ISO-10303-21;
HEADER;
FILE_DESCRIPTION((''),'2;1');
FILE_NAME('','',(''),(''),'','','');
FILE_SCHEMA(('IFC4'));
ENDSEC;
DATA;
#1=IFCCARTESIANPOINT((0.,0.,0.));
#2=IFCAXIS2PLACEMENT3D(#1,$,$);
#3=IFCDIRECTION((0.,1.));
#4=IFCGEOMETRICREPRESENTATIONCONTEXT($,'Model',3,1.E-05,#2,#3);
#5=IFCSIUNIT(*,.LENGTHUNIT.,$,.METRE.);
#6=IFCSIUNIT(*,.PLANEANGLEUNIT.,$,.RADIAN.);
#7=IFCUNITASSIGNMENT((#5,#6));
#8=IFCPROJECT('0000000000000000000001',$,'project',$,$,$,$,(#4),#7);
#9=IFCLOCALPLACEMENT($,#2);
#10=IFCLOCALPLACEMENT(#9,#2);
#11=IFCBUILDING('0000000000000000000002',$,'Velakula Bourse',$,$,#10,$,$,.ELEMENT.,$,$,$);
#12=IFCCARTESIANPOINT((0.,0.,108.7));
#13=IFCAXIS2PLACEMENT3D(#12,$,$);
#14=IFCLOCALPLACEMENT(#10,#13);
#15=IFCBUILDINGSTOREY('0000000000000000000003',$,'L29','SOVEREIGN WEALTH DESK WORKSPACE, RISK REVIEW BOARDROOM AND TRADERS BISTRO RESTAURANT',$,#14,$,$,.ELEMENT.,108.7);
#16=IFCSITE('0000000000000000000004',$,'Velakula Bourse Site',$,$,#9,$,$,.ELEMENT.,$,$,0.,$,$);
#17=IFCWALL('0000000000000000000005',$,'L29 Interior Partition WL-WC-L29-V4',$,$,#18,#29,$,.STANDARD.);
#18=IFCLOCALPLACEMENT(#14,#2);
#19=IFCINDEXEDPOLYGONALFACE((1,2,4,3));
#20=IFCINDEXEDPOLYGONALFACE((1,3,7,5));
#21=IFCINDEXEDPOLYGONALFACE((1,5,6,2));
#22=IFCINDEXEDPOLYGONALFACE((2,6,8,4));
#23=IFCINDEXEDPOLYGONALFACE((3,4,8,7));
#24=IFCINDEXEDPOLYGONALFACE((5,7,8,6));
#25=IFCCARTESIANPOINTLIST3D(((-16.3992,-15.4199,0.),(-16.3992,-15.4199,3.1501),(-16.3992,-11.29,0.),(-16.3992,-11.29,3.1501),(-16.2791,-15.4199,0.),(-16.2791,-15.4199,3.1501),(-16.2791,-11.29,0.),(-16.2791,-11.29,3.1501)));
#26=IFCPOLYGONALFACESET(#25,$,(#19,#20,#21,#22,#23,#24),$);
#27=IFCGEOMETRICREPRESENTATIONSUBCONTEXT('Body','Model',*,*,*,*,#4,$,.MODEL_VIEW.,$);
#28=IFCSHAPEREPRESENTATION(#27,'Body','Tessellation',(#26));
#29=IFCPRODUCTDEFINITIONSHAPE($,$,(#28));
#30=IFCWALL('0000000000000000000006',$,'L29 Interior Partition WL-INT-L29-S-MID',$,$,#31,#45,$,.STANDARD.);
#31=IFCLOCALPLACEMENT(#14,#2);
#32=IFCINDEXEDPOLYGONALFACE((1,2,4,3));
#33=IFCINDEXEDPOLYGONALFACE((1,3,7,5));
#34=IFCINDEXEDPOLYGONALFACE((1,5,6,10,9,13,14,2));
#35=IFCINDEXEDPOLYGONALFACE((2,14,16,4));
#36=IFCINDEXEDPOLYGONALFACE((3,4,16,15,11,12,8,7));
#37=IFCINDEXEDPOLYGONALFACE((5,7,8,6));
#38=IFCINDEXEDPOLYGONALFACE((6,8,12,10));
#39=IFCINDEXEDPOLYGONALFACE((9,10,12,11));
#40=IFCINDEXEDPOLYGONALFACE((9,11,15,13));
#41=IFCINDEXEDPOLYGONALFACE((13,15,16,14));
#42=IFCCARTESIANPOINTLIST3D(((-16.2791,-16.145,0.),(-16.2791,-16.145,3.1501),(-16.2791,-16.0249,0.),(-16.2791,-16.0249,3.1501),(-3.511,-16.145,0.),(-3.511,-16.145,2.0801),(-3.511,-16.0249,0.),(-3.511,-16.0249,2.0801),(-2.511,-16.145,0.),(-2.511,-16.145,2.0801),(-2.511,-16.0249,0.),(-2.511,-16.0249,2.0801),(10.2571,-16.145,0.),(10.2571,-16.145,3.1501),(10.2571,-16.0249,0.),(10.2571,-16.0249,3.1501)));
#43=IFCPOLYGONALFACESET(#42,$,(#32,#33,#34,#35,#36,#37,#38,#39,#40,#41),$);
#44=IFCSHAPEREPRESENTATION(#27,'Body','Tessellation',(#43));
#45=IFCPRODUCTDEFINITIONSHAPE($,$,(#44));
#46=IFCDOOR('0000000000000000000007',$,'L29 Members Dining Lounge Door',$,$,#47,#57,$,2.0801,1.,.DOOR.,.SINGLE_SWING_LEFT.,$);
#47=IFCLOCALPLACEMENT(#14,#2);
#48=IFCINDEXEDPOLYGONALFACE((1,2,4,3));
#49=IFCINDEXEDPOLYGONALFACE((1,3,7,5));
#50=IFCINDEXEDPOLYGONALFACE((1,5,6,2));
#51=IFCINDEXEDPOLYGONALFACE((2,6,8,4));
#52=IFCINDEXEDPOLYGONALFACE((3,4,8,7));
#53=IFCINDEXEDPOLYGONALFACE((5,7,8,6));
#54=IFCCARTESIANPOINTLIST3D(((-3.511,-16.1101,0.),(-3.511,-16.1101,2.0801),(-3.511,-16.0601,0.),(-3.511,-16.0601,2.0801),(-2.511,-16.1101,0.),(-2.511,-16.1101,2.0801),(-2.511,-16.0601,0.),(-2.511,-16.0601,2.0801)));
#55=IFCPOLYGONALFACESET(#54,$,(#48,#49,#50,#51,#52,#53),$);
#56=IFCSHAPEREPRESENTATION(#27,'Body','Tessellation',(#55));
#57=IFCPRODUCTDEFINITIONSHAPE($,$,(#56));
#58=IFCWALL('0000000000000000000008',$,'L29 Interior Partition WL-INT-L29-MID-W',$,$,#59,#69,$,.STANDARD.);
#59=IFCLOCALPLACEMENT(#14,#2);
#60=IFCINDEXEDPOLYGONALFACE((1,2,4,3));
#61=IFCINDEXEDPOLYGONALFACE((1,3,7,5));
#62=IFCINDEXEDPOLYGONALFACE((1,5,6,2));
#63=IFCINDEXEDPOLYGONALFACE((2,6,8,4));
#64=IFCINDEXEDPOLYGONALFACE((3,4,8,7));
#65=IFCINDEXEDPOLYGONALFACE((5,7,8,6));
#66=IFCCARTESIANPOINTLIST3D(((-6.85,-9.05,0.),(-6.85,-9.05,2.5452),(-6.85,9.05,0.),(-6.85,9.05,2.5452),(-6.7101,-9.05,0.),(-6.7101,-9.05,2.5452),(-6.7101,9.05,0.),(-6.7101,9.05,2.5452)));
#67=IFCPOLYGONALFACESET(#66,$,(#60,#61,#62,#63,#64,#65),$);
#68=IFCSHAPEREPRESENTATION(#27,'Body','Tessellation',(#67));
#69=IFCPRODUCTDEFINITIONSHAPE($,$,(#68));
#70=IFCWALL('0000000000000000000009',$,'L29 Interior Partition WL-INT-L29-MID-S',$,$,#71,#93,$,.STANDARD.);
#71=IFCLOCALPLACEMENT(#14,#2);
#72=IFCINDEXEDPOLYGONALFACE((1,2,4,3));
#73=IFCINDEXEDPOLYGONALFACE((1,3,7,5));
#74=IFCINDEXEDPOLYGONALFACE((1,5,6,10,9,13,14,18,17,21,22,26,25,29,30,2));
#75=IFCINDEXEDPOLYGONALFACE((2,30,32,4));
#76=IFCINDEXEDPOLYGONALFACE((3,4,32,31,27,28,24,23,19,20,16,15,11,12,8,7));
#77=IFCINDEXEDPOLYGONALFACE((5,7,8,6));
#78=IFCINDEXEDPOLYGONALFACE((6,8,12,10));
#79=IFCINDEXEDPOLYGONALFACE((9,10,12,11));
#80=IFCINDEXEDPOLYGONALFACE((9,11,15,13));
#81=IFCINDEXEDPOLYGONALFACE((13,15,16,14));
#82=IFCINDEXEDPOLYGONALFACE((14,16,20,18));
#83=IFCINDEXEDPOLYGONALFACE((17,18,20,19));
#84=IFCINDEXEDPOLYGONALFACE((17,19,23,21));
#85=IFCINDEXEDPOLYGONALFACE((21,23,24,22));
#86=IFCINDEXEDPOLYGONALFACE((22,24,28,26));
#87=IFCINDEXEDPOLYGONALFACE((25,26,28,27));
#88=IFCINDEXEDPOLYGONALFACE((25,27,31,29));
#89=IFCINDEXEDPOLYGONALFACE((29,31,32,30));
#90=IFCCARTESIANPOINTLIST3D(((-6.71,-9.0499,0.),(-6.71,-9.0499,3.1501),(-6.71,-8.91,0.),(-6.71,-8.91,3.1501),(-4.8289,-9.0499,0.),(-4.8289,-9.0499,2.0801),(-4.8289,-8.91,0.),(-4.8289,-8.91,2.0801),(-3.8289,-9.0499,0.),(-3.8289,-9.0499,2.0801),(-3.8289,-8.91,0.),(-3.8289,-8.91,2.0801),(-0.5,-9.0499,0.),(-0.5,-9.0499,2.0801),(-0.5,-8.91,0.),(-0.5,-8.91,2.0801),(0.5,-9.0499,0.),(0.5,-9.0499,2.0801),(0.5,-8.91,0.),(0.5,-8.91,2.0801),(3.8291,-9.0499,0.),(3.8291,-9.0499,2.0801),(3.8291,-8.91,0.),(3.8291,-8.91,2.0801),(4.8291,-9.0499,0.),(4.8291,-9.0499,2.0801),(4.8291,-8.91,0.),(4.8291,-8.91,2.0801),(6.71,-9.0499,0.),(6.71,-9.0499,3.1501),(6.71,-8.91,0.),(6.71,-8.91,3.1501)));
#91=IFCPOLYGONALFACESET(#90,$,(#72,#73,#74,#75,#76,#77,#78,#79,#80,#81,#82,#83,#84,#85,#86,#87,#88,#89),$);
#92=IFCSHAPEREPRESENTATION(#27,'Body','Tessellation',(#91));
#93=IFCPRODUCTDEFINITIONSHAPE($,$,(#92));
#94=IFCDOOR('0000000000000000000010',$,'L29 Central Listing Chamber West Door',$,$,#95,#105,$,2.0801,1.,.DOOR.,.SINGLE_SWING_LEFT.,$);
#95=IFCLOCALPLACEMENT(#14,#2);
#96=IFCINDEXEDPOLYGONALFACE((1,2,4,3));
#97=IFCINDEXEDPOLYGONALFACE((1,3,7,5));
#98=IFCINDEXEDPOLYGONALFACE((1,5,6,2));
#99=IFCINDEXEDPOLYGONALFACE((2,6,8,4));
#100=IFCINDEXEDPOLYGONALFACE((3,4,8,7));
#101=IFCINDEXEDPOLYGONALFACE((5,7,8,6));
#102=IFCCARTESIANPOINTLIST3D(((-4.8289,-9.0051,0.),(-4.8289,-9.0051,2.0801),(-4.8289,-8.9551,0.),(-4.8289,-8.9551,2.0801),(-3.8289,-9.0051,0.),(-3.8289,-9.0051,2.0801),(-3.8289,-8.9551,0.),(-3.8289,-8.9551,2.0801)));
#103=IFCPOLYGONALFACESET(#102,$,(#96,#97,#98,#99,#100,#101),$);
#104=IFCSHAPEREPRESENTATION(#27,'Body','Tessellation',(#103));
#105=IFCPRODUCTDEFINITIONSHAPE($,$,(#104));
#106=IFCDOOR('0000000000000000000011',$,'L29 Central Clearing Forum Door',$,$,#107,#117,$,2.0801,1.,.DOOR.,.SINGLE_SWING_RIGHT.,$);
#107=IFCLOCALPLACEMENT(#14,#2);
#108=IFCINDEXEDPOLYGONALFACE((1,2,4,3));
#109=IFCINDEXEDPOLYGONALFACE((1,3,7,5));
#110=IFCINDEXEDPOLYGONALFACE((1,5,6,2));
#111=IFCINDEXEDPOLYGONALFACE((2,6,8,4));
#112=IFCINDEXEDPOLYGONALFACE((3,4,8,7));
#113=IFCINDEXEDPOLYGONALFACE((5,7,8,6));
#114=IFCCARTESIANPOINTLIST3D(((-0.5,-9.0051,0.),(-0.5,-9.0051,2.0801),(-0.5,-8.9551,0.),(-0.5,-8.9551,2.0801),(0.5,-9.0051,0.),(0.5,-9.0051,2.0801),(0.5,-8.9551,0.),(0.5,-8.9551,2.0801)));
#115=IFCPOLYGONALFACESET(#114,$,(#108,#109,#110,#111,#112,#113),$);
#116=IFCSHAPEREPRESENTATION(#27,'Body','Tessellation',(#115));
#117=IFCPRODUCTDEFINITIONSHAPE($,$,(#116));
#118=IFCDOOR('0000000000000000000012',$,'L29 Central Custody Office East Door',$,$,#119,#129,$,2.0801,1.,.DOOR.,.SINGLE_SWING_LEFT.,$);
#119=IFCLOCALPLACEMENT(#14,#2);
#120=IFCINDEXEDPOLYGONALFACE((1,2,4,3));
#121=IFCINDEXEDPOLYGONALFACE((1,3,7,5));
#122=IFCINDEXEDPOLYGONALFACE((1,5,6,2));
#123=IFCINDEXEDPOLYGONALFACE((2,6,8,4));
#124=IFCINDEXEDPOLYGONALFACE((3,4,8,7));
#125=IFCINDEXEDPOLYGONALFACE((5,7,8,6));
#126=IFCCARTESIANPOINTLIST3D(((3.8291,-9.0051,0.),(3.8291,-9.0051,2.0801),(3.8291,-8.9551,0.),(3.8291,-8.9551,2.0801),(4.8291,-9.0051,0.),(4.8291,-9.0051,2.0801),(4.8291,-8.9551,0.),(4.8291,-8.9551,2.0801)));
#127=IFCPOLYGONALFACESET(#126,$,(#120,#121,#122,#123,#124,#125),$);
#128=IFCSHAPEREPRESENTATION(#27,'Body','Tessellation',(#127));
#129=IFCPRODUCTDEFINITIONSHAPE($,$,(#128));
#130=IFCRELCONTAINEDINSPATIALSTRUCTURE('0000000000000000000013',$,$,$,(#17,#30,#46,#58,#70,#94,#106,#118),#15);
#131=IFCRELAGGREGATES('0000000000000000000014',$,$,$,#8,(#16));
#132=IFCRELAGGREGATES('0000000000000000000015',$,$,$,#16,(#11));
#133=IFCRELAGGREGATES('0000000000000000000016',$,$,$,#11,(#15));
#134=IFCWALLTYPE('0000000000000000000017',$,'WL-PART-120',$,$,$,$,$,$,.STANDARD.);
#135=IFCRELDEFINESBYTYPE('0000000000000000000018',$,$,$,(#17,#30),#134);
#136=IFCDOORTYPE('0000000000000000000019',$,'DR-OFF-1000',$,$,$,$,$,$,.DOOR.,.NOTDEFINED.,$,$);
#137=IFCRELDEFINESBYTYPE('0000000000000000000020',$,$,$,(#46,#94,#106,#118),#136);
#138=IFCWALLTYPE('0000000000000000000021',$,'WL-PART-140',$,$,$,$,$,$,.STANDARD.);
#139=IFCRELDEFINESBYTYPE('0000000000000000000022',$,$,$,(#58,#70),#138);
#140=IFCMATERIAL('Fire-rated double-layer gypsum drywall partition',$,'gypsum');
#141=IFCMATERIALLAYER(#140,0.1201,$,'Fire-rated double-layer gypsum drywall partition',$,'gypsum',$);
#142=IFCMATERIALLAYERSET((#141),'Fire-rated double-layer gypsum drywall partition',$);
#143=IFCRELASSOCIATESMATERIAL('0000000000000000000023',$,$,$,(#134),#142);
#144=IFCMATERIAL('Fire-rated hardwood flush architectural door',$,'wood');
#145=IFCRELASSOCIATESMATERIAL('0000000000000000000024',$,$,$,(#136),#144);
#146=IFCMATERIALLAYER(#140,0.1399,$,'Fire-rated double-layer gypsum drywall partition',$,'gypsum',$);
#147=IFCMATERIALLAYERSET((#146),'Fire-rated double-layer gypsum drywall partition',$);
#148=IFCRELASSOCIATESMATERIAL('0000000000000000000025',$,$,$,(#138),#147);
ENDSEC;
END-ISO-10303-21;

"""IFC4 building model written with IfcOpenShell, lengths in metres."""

from ifc_helpers import new_model, si_unit, direction, frame, frame_2d, origin, place, context, subcontext, project, spatial, rectangle, extrude, material, layer, layer_set, type_object, element, fill, save


model = new_model("IFC4")

# Units and contexts
model_context = context("Model", 3, precision=1e-05, world=origin(), true_north=direction((0.0, 1.0)))
body_context = subcontext(model_context, "Body", "Model", "MODEL_VIEW")
ifc_project = project(units=[si_unit("LENGTHUNIT", "METRE"), si_unit("PLANEANGLEUNIT", "RADIAN")], contexts=[model_context])

# Site, building, storey
site_placement = place(None, origin())
site = spatial("IfcSite", under=ifc_project, at=site_placement, Name="Velakula Bourse Site", CompositionType="ELEMENT", RefElevation=0.0)
building_placement = place(site_placement, origin())
building = spatial("IfcBuilding", under=site, at=building_placement, Name="Velakula Bourse", CompositionType="ELEMENT")
storey_placement = place(building_placement, frame((0.0, 0.0, 108.7)))
storey = spatial("IfcBuildingStorey", under=building, at=storey_placement, Name="L29", Description="SOVEREIGN WEALTH DESK WORKSPACE, RISK REVIEW BOARDROOM AND TRADERS BISTRO RESTAURANT", CompositionType="ELEMENT", Elevation=108.7)

# Wall
ifc_material_1 = material(Name="Fire-rated double-layer gypsum drywall partition", Category="gypsum")
ifc_layer_1 = layer(ifc_material_1, 0.1201, Name="Fire-rated double-layer gypsum drywall partition", Category="gypsum")
ifc_layer_set_1 = layer_set([ifc_layer_1], Name="Fire-rated double-layer gypsum drywall partition")
wall_type_1 = type_object("IfcWallType", Name="WL-PART-120", PredefinedType="STANDARD", material=ifc_layer_set_1)
wall_1_placement = place(storey_placement, frame((-16.3391, -15.4199, 0.0), z_axis=(0.0, 0.0, 1.0), x_axis=(0.0, 1.0, 0.0)))
element("IfcWall", 1, at=wall_1_placement, inside=storey, type_object=wall_type_1, Name="L29 Interior Partition WL-WC-L29-V4", PredefinedType="STANDARD", context=body_context, shape_type="SweptSolid", body=[
    extrude(rectangle(XDim=4.1299, YDim=0.1201, at=frame_2d((2.0649, 0.0))), origin(), (0.0, 0.0, 1.0), 3.1501),
])

# Wall, opening, door
wall_2_placement = place(storey_placement, frame((-16.2791, -16.085, 0.0), z_axis=(0.0, 0.0, 1.0), x_axis=(1.0, 0.0, 0.0)))
wall_2 = element("IfcWall", 2, at=wall_2_placement, inside=storey, type_object=wall_type_1, Name="L29 Interior Partition WL-INT-L29-S-MID", PredefinedType="STANDARD", context=body_context, shape_type="SweptSolid", body=[
    extrude(rectangle(XDim=26.5361, YDim=0.1201, at=frame_2d((13.2681, 0.0))), origin(), (0.0, 0.0, 1.0), 3.1501),
])
opening_1_placement = place(wall_2_placement, frame((12.7681, 0.0, 0.0)))
opening_1 = element("IfcOpeningElement", 3, at=opening_1_placement, cuts=wall_2, PredefinedType="OPENING", context=body_context, shape_type="SweptSolid", body=[
    extrude(rectangle(XDim=1.0, YDim=2.0801, at=frame_2d((0.5, 1.04))), frame((0.0, 0.0701, 0.0), z_axis=(0.0, -1.0, 0.0), x_axis=(1.0, 0.0, 0.0)), (0.0, 0.0, 1.0), 0.1401),
])
ifc_material_2 = material(Name="Fire-rated hardwood flush architectural door", Category="wood")
door_type = type_object("IfcDoorType", Name="DR-OFF-1000", OperationType="NOTDEFINED", PredefinedType="DOOR", material=ifc_material_2)
door_1_placement = place(opening_1_placement, origin())
door_1 = element("IfcDoor", 4, at=door_1_placement, inside=storey, type_object=door_type, Name="L29 Members Dining Lounge Door", OperationType="SINGLE_SWING_LEFT", OverallHeight=2.0801, OverallWidth=1.0, PredefinedType="DOOR", context=body_context, shape_type="SweptSolid", body=[
    extrude(rectangle(XDim=1.0, YDim=2.0801, at=frame_2d((0.5, 1.04))), frame((0.0, 0.0249, 0.0), z_axis=(0.0, -1.0, 0.0), x_axis=(1.0, 0.0, 0.0)), (0.0, 0.0, 1.0), 0.05),
])
fill(opening_1, door_1)

# Wall
ifc_layer_2 = layer(ifc_material_1, 0.1399, Name="Fire-rated double-layer gypsum drywall partition", Category="gypsum")
ifc_layer_set_2 = layer_set([ifc_layer_2], Name="Fire-rated double-layer gypsum drywall partition")
wall_type_2 = type_object("IfcWallType", Name="WL-PART-140", PredefinedType="STANDARD", material=ifc_layer_set_2)
wall_3_placement = place(storey_placement, frame((-6.78, -9.05, 0.0), z_axis=(0.0, 0.0, 1.0), x_axis=(0.0, 1.0, 0.0)))
element("IfcWall", 5, at=wall_3_placement, inside=storey, type_object=wall_type_2, Name="L29 Interior Partition WL-INT-L29-MID-W", PredefinedType="STANDARD", context=body_context, shape_type="SweptSolid", body=[
    extrude(rectangle(XDim=18.1001, YDim=0.1399, at=frame_2d((9.05, 0.0))), origin(), (0.0, 0.0, 1.0), 2.5452),
])

# Wall, openings, doors
wall_4_placement = place(storey_placement, frame((-6.71, -8.98, 0.0), z_axis=(0.0, 0.0, 1.0), x_axis=(1.0, 0.0, 0.0)))
wall_4 = element("IfcWall", 6, at=wall_4_placement, inside=storey, type_object=wall_type_2, Name="L29 Interior Partition WL-INT-L29-MID-S", PredefinedType="STANDARD", context=body_context, shape_type="SweptSolid", body=[
    extrude(rectangle(XDim=13.4199, YDim=0.1399, at=frame_2d((6.71, 0.0))), origin(), (0.0, 0.0, 1.0), 3.1501),
])
opening_2_placement = place(wall_4_placement, frame((1.8811, 0.0, 0.0)))
opening_2 = element("IfcOpeningElement", 7, at=opening_2_placement, cuts=wall_4, PredefinedType="OPENING", context=body_context, shape_type="SweptSolid", body=[
    extrude(rectangle(XDim=1.0, YDim=2.0801, at=frame_2d((0.5, 1.04))), frame((0.0, 0.0798, 0.0), z_axis=(0.0, -1.0, 0.0), x_axis=(1.0, 0.0, 0.0)), (0.0, 0.0, 1.0), 0.1599),
])
opening_3_placement = place(wall_4_placement, frame((6.21, 0.0, 0.0)))
opening_3 = element("IfcOpeningElement", 8, at=opening_3_placement, cuts=wall_4, PredefinedType="OPENING", context=body_context, shape_type="SweptSolid", body=[
    extrude(rectangle(XDim=1.0, YDim=2.0801, at=frame_2d((0.5, 1.04))), frame((0.0, 0.0798, 0.0), z_axis=(0.0, -1.0, 0.0), x_axis=(1.0, 0.0, 0.0)), (0.0, 0.0, 1.0), 0.1599),
])
opening_4_placement = place(wall_4_placement, frame((10.5391, 0.0, 0.0)))
opening_4 = element("IfcOpeningElement", 9, at=opening_4_placement, cuts=wall_4, PredefinedType="OPENING", context=body_context, shape_type="SweptSolid", body=[
    extrude(rectangle(XDim=1.0, YDim=2.0801, at=frame_2d((0.5, 1.04))), frame((0.0, 0.0798, 0.0), z_axis=(0.0, -1.0, 0.0), x_axis=(1.0, 0.0, 0.0)), (0.0, 0.0, 1.0), 0.1599),
])
door_2_placement = place(opening_2_placement, origin())
door_2 = element("IfcDoor", 10, at=door_2_placement, inside=storey, type_object=door_type, Name="L29 Central Listing Chamber West Door", OperationType="SINGLE_SWING_LEFT", OverallHeight=2.0801, OverallWidth=1.0, PredefinedType="DOOR", context=body_context, shape_type="SweptSolid", body=[
    extrude(rectangle(XDim=1.0, YDim=2.0801, at=frame_2d((0.5, 1.04))), frame((0.0, 0.0249, 0.0), z_axis=(0.0, -1.0, 0.0), x_axis=(1.0, 0.0, 0.0)), (0.0, 0.0, 1.0), 0.05),
])
fill(opening_2, door_2)
door_3_placement = place(opening_3_placement, origin())
door_3 = element("IfcDoor", 11, at=door_3_placement, inside=storey, type_object=door_type, Name="L29 Central Clearing Forum Door", OperationType="SINGLE_SWING_RIGHT", OverallHeight=2.0801, OverallWidth=1.0, PredefinedType="DOOR", context=body_context, shape_type="SweptSolid", body=[
    extrude(rectangle(XDim=1.0, YDim=2.0801, at=frame_2d((0.5, 1.04))), frame((0.0, 0.0249, 0.0), z_axis=(0.0, -1.0, 0.0), x_axis=(1.0, 0.0, 0.0)), (0.0, 0.0, 1.0), 0.05),
])
fill(opening_3, door_3)
door_4_placement = place(opening_4_placement, origin())
door_4 = element("IfcDoor", 12, at=door_4_placement, inside=storey, type_object=door_type, Name="L29 Central Custody Office East Door", OperationType="SINGLE_SWING_LEFT", OverallHeight=2.0801, OverallWidth=1.0, PredefinedType="DOOR", context=body_context, shape_type="SweptSolid", body=[
    extrude(rectangle(XDim=1.0, YDim=2.0801, at=frame_2d((0.5, 1.04))), frame((0.0, 0.0249, 0.0), z_axis=(0.0, -1.0, 0.0), x_axis=(1.0, 0.0, 0.0)), (0.0, 0.0, 1.0), 0.05),
])
fill(opening_4, door_4)

save(model, "model.ifc")
